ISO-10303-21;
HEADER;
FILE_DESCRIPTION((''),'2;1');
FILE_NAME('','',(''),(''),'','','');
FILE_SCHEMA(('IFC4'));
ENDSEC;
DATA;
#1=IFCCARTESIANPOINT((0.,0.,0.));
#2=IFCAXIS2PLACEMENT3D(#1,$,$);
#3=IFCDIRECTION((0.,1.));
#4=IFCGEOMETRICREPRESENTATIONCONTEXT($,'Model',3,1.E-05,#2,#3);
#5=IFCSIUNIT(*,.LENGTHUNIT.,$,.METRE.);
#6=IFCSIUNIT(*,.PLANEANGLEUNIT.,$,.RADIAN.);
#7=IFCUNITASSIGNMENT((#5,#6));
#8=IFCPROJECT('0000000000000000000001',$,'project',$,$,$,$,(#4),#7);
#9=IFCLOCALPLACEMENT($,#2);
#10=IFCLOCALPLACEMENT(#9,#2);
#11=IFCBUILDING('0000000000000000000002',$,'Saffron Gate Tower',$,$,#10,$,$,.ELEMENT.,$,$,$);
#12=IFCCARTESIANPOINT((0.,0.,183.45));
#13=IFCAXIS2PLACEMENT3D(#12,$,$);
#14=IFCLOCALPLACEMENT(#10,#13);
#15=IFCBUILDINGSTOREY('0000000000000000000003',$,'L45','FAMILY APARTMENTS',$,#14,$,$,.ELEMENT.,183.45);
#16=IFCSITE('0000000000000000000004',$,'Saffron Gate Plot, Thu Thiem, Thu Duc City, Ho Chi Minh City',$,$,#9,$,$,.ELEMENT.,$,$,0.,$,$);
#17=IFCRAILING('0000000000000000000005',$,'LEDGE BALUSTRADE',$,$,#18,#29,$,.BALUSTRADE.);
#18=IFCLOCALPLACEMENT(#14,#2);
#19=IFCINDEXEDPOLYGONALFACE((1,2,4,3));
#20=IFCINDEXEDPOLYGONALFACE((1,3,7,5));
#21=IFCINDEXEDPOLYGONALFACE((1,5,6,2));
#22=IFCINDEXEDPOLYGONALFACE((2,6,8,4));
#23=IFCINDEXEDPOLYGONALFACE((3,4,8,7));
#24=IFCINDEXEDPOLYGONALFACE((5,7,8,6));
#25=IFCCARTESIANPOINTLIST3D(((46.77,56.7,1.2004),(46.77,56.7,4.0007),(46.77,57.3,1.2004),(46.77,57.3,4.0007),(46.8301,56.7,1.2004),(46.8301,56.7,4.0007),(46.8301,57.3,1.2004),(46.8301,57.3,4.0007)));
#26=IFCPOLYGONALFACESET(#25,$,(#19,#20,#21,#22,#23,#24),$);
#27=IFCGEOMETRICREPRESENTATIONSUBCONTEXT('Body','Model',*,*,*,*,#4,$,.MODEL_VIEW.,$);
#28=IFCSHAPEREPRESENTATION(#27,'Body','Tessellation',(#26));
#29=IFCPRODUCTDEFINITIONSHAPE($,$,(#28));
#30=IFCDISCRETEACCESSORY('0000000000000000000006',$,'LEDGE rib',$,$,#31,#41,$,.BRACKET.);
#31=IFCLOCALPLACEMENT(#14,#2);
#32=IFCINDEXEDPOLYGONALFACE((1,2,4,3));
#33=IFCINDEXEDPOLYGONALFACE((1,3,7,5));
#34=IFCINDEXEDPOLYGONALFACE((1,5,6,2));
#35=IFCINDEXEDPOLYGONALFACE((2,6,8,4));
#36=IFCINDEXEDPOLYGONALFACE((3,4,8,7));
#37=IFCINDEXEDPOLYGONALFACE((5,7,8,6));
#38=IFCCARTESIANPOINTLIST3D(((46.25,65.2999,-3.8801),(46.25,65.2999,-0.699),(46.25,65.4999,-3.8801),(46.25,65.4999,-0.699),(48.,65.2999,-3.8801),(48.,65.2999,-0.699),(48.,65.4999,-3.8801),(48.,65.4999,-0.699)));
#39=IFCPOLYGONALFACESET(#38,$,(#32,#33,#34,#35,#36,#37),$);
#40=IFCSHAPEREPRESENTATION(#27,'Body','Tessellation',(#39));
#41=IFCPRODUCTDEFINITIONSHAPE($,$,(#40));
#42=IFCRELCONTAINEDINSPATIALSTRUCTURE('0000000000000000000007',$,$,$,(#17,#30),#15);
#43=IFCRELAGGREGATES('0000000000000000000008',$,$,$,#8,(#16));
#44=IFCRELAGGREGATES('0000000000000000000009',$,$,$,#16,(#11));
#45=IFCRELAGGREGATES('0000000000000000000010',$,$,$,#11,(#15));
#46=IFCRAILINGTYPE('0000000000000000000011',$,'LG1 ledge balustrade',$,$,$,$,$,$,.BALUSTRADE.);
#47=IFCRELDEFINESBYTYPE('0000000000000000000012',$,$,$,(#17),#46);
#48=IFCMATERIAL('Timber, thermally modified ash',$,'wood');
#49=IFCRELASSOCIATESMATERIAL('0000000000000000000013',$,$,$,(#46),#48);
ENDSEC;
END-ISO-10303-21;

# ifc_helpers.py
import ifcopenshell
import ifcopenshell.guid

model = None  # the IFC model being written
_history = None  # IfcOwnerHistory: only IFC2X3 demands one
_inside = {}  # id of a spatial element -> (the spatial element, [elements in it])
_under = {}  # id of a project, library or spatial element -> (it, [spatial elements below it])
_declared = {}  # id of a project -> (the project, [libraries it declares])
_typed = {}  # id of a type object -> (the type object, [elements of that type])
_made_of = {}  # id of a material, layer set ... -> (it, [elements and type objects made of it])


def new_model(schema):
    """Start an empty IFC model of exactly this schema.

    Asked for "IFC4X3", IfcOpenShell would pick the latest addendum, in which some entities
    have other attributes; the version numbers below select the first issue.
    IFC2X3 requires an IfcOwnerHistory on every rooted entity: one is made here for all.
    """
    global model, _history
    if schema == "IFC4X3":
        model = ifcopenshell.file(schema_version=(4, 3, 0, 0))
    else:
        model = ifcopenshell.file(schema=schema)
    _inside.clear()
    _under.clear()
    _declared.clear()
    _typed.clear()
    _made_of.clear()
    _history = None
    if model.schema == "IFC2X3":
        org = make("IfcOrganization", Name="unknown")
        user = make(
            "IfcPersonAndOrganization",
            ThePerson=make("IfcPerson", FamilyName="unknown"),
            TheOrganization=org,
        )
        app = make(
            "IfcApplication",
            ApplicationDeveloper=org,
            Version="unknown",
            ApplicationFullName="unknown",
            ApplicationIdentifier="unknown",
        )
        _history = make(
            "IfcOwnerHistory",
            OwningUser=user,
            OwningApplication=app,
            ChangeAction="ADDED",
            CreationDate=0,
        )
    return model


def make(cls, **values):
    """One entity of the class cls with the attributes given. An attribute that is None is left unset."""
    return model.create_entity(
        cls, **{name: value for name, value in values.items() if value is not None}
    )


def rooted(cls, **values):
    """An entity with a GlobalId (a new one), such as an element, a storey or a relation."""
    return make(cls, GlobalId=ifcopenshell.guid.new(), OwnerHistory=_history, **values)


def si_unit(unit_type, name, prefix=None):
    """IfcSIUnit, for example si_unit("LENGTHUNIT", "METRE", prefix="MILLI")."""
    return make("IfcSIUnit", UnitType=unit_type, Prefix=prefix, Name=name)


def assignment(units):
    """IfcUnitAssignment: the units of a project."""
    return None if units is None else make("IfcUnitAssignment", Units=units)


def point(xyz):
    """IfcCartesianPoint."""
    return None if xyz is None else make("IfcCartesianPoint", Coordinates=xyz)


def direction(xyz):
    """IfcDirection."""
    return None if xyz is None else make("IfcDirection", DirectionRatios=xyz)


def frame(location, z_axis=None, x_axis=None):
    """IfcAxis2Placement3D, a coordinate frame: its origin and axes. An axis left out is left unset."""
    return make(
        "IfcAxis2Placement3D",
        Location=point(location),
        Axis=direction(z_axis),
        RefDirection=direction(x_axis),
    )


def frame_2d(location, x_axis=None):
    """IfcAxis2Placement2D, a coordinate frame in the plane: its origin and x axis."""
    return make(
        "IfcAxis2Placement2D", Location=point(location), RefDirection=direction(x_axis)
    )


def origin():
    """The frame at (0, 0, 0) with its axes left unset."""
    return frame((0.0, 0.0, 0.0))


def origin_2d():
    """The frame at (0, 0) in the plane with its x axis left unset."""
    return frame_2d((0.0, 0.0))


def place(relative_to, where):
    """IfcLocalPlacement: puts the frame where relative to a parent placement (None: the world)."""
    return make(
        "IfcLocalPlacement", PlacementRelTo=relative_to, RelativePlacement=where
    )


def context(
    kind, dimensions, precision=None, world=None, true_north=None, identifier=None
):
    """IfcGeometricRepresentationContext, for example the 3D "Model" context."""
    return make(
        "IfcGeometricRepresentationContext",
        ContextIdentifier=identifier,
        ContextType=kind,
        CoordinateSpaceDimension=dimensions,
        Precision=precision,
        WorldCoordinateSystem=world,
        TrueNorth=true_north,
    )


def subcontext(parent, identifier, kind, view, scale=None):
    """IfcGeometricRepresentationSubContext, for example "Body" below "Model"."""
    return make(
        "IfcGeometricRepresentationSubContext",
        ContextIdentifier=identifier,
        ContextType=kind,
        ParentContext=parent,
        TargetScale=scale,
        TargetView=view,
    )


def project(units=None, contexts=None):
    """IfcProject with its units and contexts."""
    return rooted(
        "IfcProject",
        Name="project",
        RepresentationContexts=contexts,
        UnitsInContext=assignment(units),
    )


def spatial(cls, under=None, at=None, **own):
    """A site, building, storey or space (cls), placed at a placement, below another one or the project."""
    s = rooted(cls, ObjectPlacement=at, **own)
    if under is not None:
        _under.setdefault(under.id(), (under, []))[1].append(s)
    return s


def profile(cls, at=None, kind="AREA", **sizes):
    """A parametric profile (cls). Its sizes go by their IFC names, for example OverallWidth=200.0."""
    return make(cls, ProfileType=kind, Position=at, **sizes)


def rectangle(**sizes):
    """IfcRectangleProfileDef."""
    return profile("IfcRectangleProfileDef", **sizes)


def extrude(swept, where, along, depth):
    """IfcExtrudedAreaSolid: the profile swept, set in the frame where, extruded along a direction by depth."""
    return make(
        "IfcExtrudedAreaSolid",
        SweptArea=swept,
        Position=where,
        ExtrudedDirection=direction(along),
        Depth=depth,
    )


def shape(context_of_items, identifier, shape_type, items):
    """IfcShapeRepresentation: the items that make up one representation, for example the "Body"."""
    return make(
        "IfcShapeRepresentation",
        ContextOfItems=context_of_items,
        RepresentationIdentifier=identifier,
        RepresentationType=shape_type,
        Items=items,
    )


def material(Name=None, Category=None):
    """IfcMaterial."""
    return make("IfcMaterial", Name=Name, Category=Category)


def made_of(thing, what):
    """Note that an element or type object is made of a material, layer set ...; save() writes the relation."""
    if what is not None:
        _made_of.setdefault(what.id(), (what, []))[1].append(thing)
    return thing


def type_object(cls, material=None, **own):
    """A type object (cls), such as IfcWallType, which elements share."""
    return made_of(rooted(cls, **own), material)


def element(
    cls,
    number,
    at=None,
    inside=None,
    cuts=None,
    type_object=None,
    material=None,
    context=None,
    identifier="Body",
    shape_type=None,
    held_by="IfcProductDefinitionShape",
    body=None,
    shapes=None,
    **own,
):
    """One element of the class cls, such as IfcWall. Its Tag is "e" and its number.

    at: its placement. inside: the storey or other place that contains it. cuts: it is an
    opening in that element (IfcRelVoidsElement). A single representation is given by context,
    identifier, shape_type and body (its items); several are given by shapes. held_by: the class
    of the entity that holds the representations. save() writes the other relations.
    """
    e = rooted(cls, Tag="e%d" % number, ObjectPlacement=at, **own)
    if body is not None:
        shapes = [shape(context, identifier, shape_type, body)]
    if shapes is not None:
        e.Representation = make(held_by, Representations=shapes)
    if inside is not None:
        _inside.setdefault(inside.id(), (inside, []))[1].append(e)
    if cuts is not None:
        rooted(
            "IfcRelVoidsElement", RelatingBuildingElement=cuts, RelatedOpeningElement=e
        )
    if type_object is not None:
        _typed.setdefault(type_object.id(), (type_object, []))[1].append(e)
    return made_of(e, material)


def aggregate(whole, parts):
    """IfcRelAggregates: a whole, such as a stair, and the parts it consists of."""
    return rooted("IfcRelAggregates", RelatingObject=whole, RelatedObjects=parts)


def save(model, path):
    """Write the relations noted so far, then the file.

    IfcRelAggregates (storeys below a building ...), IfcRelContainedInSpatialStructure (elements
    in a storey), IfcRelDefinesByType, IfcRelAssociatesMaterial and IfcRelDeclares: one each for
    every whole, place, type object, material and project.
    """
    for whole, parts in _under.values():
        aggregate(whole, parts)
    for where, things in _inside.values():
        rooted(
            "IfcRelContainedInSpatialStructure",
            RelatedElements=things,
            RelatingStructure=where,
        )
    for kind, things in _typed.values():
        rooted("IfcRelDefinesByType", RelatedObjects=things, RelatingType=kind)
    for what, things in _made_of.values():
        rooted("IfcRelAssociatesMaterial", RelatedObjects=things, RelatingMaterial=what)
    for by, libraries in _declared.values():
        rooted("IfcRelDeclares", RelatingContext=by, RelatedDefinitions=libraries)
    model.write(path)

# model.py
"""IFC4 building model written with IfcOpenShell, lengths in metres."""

from ifc_helpers import new_model, si_unit, direction, frame, origin, origin_2d, place, context, subcontext, project, spatial, rectangle, extrude, material, type_object, element, save


model = new_model("IFC4")

# Units and contexts
model_context = context("Model", 3, precision=1e-05, world=origin(), true_north=direction((0.0, 1.0)))
body_context = subcontext(model_context, "Body", "Model", "MODEL_VIEW")
ifc_project = project(units=[si_unit("LENGTHUNIT", "METRE"), si_unit("PLANEANGLEUNIT", "RADIAN")], contexts=[model_context])

# Site, building, storey
site_placement = place(None, origin())
site = spatial("IfcSite", under=ifc_project, at=site_placement, Name="Saffron Gate Plot, Thu Thiem, Thu Duc City, Ho Chi Minh City", CompositionType="ELEMENT", RefElevation=0.0)
building_placement = place(site_placement, origin())
building = spatial("IfcBuilding", under=site, at=building_placement, Name="Saffron Gate Tower", CompositionType="ELEMENT")
storey_placement = place(building_placement, frame((0.0, 0.0, 183.45)))
storey = spatial("IfcBuildingStorey", under=building, at=storey_placement, Name="L45", Description="FAMILY APARTMENTS", CompositionType="ELEMENT", Elevation=183.45)

# Shared definitions
ifc_material_1 = material(Name="Timber, thermally modified ash", Category="wood")

# Railing
railing_type = type_object("IfcRailingType", Name="LG1 ledge balustrade", PredefinedType="BALUSTRADE", material=ifc_material_1)
railing_1_placement = place(storey_placement, frame((46.8, 57.3, 1.2004)))
element("IfcRailing", 1, at=railing_1_placement, inside=storey, type_object=railing_type, Name="LEDGE BALUSTRADE", PredefinedType="BALUSTRADE", context=body_context, shape_type="SweptSolid", body=[
    extrude(rectangle(XDim=0.0601, YDim=2.8003, at=origin_2d()), frame((0.0, 0.0, 1.4001), z_axis=(0.0, -1.0, 0.0), x_axis=(1.0, 0.0, 0.0)), (0.0, 0.0, 1.0), 0.6001),
])

# Discrete accessory
discrete_accessory_placement = place(storey_placement, frame((47.125, 65.3999, -3.8801), z_axis=(0.0, 0.0, 1.0), x_axis=(0.0, -1.0, 0.0)))
element("IfcDiscreteAccessory", 2, at=discrete_accessory_placement, inside=storey, Name="LEDGE rib", PredefinedType="BRACKET", context=body_context, shape_type="SweptSolid", body=[
    extrude(rectangle(XDim=0.2, YDim=1.75, at=origin_2d()), origin(), (0.0, 0.0, 1.0), 3.1812),
])

save(model, "model.ifc")
